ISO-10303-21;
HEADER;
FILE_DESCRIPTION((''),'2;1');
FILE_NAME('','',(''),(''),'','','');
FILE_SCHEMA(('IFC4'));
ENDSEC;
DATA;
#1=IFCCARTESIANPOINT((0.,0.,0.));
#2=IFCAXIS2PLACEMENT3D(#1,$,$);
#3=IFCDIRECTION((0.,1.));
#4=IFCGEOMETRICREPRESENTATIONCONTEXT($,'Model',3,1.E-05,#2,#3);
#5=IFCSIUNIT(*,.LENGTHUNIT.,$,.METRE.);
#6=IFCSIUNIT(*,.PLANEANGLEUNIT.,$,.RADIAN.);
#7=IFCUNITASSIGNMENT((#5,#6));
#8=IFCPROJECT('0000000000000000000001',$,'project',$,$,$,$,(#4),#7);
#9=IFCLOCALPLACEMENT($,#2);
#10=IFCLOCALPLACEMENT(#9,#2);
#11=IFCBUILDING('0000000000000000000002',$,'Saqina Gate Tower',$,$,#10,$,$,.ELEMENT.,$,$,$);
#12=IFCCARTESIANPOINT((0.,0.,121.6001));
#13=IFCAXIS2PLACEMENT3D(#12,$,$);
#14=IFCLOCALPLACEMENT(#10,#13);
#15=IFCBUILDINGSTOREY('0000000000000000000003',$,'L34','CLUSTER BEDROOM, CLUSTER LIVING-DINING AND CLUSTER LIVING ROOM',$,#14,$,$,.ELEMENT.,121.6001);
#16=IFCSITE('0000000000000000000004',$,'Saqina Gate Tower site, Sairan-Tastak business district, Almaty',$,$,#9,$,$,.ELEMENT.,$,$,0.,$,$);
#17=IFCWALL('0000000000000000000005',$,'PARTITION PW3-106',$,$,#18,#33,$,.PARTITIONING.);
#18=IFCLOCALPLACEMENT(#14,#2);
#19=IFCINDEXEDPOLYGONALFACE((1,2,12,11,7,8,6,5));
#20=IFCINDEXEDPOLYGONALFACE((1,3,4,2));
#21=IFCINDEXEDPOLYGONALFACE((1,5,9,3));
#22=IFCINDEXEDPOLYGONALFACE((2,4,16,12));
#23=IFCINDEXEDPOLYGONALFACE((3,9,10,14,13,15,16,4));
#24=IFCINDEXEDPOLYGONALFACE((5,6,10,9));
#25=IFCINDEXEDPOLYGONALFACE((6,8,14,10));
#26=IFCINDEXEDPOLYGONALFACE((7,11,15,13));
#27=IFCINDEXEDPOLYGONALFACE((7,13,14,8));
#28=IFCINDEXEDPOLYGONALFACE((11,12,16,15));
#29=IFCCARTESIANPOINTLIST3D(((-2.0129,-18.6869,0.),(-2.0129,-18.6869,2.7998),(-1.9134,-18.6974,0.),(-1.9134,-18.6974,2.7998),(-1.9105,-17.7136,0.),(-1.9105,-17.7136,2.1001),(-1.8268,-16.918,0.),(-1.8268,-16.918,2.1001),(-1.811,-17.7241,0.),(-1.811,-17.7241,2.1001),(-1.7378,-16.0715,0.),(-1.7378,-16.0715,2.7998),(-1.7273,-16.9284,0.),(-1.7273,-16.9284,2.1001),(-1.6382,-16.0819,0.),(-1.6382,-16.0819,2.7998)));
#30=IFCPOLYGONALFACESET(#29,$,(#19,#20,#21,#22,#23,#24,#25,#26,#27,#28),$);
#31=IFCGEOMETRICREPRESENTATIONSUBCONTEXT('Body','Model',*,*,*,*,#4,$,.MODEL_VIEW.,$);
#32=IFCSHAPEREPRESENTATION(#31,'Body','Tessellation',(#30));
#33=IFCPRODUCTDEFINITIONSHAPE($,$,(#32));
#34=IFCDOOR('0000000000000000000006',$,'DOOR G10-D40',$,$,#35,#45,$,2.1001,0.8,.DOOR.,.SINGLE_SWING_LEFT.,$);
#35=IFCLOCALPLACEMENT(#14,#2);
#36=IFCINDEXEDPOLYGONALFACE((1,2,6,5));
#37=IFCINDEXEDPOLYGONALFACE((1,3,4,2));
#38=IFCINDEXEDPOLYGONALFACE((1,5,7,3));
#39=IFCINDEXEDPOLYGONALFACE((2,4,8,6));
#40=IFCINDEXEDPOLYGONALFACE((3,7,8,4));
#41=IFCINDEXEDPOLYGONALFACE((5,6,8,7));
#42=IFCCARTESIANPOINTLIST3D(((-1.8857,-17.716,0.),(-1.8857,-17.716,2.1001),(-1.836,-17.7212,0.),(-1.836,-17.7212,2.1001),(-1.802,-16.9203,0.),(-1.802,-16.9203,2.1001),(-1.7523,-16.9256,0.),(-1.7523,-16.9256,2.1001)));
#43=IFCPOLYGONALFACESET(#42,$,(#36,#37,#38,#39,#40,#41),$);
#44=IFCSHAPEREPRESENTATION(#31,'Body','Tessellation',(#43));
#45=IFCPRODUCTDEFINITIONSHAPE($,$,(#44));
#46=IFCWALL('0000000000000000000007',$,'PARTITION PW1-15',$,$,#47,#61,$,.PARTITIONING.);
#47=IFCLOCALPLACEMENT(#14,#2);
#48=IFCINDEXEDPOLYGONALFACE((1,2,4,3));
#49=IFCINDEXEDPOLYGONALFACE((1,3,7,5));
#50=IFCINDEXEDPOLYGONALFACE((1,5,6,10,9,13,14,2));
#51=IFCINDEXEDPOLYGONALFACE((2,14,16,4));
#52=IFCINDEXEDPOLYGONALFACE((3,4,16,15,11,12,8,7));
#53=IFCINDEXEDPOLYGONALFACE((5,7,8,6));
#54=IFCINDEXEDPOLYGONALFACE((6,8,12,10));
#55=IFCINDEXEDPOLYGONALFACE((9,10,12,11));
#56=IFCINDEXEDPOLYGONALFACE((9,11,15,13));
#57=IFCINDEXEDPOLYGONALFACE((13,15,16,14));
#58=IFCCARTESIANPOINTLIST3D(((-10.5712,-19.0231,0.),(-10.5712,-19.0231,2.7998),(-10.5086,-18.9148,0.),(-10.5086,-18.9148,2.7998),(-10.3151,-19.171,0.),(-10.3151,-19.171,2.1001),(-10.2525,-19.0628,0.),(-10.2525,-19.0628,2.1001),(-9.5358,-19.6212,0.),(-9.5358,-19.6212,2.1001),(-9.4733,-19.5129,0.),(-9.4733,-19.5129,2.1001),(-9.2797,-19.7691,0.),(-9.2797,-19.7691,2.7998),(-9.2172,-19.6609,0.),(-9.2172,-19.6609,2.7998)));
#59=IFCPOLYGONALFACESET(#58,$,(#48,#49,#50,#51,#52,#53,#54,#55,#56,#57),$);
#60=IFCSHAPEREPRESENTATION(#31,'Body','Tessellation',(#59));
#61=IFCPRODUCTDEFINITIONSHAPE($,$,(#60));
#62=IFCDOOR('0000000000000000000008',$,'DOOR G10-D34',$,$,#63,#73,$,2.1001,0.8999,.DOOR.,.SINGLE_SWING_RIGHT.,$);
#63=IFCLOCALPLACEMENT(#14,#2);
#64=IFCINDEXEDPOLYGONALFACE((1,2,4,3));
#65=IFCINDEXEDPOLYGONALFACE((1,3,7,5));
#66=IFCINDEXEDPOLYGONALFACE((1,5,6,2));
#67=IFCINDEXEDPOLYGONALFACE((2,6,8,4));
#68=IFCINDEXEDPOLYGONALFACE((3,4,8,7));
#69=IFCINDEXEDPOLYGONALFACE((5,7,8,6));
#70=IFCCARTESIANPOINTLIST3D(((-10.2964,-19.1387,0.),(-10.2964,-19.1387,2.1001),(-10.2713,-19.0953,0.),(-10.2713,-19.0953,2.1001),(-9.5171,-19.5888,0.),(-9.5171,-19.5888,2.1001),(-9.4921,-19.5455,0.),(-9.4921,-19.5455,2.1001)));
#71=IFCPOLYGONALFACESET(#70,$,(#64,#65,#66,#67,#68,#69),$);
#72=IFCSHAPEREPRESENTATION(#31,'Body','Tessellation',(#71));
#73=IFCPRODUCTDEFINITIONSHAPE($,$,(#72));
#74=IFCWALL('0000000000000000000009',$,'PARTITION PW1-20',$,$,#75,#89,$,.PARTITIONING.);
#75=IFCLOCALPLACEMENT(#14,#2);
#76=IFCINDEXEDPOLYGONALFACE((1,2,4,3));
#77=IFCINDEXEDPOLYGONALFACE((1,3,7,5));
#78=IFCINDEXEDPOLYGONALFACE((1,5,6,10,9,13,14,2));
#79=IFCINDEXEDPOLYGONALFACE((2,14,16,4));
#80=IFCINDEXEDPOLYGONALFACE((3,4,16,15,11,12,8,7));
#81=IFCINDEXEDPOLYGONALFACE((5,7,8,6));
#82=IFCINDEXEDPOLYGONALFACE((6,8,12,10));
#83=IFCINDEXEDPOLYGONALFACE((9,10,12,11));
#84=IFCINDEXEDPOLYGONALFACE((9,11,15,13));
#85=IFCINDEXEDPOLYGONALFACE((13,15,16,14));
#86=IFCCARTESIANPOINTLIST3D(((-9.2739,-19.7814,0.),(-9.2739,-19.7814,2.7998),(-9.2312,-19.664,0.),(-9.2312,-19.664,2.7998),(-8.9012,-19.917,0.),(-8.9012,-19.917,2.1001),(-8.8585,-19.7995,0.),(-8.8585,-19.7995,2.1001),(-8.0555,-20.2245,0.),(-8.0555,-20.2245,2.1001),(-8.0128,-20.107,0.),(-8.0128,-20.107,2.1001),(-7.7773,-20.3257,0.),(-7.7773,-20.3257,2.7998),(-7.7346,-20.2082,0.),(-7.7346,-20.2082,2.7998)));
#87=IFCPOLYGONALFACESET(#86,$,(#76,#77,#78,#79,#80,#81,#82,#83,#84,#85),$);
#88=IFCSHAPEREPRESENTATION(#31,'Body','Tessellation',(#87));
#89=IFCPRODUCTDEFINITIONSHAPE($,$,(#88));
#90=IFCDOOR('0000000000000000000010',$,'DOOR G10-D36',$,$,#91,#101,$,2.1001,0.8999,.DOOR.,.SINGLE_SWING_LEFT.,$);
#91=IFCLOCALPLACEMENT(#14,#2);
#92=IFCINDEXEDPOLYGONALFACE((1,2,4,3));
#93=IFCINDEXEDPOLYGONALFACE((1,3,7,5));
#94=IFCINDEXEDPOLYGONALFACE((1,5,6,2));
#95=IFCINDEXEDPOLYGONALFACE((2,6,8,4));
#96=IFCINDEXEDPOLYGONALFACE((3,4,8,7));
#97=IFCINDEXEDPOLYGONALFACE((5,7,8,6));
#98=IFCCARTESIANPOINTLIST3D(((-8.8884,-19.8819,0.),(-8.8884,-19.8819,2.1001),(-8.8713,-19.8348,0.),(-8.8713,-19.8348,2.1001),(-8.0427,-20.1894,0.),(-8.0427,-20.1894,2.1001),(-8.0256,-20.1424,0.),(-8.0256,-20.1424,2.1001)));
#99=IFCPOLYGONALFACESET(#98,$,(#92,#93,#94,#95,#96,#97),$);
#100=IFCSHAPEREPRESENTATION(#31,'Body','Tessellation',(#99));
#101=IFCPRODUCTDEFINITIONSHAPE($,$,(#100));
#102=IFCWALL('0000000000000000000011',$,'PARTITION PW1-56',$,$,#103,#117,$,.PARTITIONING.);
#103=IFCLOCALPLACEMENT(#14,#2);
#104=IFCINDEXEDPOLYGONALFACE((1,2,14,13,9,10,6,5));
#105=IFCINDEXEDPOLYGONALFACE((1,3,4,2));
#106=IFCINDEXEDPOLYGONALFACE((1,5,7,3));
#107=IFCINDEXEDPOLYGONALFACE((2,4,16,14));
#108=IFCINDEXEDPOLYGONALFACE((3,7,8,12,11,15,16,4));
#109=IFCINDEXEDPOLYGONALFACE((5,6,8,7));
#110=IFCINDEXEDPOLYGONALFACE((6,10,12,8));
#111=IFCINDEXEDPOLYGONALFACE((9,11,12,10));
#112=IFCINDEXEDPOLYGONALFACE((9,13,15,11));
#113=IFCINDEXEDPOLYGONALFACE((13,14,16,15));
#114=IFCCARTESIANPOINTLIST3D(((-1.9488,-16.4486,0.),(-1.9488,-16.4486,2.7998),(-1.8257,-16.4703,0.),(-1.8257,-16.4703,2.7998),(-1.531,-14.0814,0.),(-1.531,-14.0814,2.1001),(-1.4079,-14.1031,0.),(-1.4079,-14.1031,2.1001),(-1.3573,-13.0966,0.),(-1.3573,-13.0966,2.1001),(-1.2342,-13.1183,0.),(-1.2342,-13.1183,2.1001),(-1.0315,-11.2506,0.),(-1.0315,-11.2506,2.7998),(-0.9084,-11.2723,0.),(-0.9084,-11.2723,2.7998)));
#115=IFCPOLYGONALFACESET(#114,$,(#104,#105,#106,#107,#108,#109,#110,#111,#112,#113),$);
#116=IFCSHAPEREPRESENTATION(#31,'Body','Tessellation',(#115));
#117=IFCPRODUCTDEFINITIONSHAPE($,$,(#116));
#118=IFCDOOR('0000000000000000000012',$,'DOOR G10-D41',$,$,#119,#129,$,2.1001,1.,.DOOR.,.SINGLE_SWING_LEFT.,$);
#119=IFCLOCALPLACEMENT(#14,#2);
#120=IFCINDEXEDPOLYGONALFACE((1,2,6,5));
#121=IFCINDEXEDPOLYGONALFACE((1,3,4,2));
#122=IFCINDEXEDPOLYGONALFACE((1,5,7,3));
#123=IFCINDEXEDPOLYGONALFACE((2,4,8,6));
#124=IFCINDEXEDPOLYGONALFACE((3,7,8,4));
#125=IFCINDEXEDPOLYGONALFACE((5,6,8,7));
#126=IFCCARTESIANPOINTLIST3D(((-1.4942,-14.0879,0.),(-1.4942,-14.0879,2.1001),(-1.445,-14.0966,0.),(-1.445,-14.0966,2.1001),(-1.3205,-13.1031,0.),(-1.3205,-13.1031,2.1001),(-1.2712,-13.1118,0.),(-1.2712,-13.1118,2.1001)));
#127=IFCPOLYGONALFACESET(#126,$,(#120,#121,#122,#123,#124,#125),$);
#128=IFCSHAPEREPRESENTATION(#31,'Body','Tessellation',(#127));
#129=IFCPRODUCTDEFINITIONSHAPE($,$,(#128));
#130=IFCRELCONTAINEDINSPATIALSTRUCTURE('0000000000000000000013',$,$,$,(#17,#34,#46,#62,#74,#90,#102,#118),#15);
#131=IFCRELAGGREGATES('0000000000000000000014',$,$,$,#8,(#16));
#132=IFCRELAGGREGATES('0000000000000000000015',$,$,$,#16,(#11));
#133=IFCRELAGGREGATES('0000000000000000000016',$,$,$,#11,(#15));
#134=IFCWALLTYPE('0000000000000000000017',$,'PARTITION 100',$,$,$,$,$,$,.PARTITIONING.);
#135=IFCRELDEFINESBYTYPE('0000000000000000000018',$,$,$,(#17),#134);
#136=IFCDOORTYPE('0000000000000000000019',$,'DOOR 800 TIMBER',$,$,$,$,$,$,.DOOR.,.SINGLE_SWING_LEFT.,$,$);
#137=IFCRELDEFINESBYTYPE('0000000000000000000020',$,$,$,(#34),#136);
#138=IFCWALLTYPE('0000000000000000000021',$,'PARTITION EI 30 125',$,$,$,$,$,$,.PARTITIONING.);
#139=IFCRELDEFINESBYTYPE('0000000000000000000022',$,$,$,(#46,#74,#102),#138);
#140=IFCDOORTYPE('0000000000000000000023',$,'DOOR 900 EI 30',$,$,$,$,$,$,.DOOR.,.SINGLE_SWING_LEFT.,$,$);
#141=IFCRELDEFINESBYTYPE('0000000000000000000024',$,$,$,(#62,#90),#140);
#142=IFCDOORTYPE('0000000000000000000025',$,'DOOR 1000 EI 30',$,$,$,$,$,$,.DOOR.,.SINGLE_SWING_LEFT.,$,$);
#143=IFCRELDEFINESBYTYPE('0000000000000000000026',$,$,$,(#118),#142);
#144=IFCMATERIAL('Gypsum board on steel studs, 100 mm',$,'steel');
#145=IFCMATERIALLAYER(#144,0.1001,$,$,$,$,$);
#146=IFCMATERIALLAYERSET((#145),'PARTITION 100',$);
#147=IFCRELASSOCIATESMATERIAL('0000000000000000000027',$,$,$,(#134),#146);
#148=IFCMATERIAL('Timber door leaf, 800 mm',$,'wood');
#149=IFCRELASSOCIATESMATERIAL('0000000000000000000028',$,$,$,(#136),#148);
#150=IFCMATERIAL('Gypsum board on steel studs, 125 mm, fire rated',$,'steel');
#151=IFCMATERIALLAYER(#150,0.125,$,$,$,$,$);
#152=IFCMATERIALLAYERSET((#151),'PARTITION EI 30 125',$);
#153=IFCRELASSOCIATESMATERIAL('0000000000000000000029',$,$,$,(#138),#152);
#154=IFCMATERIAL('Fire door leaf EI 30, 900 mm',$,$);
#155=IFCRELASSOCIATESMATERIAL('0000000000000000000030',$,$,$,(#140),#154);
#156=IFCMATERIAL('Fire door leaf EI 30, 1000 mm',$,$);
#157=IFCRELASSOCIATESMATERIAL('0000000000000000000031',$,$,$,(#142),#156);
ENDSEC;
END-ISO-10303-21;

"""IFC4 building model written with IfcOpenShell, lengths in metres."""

from ifc_helpers import new_model, si_unit, direction, frame, frame_2d, origin, place, context, subcontext, project, spatial, rectangle, extrude, material, layer, layer_set, type_object, element, fill, save


model = new_model("IFC4")

# Units and contexts
model_context = context("Model", 3, precision=1e-05, world=origin(), true_north=direction((0.0, 1.0)))
body_context = subcontext(model_context, "Body", "Model", "MODEL_VIEW")
ifc_project = project(units=[si_unit("LENGTHUNIT", "METRE"), si_unit("PLANEANGLEUNIT", "RADIAN")], contexts=[model_context])

# Site, building, storey
site_placement = place(None, origin())
site = spatial("IfcSite", under=ifc_project, at=site_placement, Name="Saqina Gate Tower site, Sairan-Tastak business district, Almaty", CompositionType="ELEMENT", RefElevation=0.0)
building_placement = place(site_placement, origin())
building = spatial("IfcBuilding", under=site, at=building_placement, Name="Saqina Gate Tower", CompositionType="ELEMENT")
storey_placement = place(building_placement, frame((0.0, 0.0, 121.6001)))
storey = spatial("IfcBuildingStorey", under=building, at=storey_placement, Name="L34", Description="CLUSTER BEDROOM, CLUSTER LIVING-DINING AND CLUSTER LIVING ROOM", CompositionType="ELEMENT", Elevation=121.6001)

# Shared definitions
ifc_material_1 = material(Name="Gypsum board on steel studs, 100 mm", Category="steel")
ifc_layer_1 = layer(ifc_material_1, 0.1001)
ifc_layer_set_1 = layer_set([ifc_layer_1], Name="PARTITION 100")
wall_type_1 = type_object("IfcWallType", Name="PARTITION 100", PredefinedType="PARTITIONING", material=ifc_layer_set_1)

# Walls, openings, doors
wall_1_placement = place(storey_placement, frame((-1.9631, -18.6921, 0.0), z_axis=(0.0, 0.0, 1.0), x_axis=(0.104622, 0.994512, 0.0)))
wall_1 = element("IfcWall", 1, at=wall_1_placement, inside=storey, type_object=wall_type_1, Name="PARTITION PW3-106", PredefinedType="PARTITIONING", context=body_context, shape_type="SweptSolid", body=[
    extrude(rectangle(XDim=2.6299, YDim=0.1001, at=frame_2d((1.3149, 0.0))), origin(), (0.0, 0.0, 1.0), 2.7998),
])
opening_1_placement = place(wall_1_placement, frame((0.9788, 0.0, 0.0)))
opening_1 = element("IfcOpeningElement", 2, at=opening_1_placement, cuts=wall_1, PredefinedType="OPENING", context=body_context, shape_type="SweptSolid", body=[
    extrude(rectangle(XDim=0.8, YDim=2.1001, at=frame_2d((0.3999, 1.05))), frame((0.0, 0.062, 0.0), z_axis=(0.0, -1.0, 0.0), x_axis=(1.0, 0.0, 0.0)), (0.0, 0.0, 1.0), 0.124),
])
ifc_material_2 = material(Name="Timber door leaf, 800 mm", Category="wood")
door_type_1 = type_object("IfcDoorType", Name="DOOR 800 TIMBER", OperationType="SINGLE_SWING_LEFT", PredefinedType="DOOR", material=ifc_material_2)
door_1_placement = place(opening_1_placement, frame((0.8, 0.0, 0.0), z_axis=(0.0, 0.0, 1.0), x_axis=(-1.0, 0.0, 0.0)))
door_1 = element("IfcDoor", 3, at=door_1_placement, inside=storey, type_object=door_type_1, Name="DOOR G10-D40", OperationType="SINGLE_SWING_LEFT", OverallHeight=2.1001, OverallWidth=0.8, PredefinedType="DOOR", context=body_context, shape_type="SweptSolid", body=[
    extrude(rectangle(XDim=0.8, YDim=2.1001, at=frame_2d((0.3999, 1.05))), frame((0.0, 0.0249, 0.0), z_axis=(0.0, -1.0, 0.0), x_axis=(1.0, 0.0, 0.0)), (0.0, 0.0, 1.0), 0.05),
])
fill(opening_1, door_1)
ifc_material_3 = material(Name="Gypsum board on steel studs, 125 mm, fire rated", Category="steel")
ifc_layer_2 = layer(ifc_material_3, 0.125)
ifc_layer_set_2 = layer_set([ifc_layer_2], Name="PARTITION EI 30 125")
wall_type_2 = type_object("IfcWallType", Name="PARTITION EI 30 125", PredefinedType="PARTITIONING", material=ifc_layer_set_2)
wall_2_placement = place(storey_placement, frame((-10.5398, -18.969, 0.0), z_axis=(0.0, 0.0, 1.0), x_axis=(0.865897, -0.500223, 0.0)))
wall_2 = element("IfcWall", 4, at=wall_2_placement, inside=storey, type_object=wall_type_2, Name="PARTITION PW1-15", PredefinedType="PARTITIONING", context=body_context, shape_type="SweptSolid", body=[
    extrude(rectangle(XDim=1.4915, YDim=0.125, at=frame_2d((0.7456, 0.0))), origin(), (0.0, 0.0, 1.0), 2.7998),
])
opening_2_placement = place(wall_2_placement, frame((0.2957, 0.0, 0.0)))
opening_2 = element("IfcOpeningElement", 5, at=opening_2_placement, cuts=wall_2, PredefinedType="OPENING", context=body_context, shape_type="SweptSolid", body=[
    extrude(rectangle(XDim=0.8999, YDim=2.1001, at=frame_2d((0.45, 1.05))), frame((0.0, 0.0745, 0.0), z_axis=(0.0, -1.0, 0.0), x_axis=(1.0, 0.0, 0.0)), (0.0, 0.0, 1.0), 0.1489),
])
ifc_material_4 = material(Name="Fire door leaf EI 30, 900 mm")
door_type_2 = type_object("IfcDoorType", Name="DOOR 900 EI 30", OperationType="SINGLE_SWING_LEFT", PredefinedType="DOOR", material=ifc_material_4)
door_2_placement = place(opening_2_placement, origin())
door_2 = element("IfcDoor", 6, at=door_2_placement, inside=storey, type_object=door_type_2, Name="DOOR G10-D34", OperationType="SINGLE_SWING_RIGHT", OverallHeight=2.1001, OverallWidth=0.8999, PredefinedType="DOOR", context=body_context, shape_type="SweptSolid", body=[
    extrude(rectangle(XDim=0.8999, YDim=2.1001, at=frame_2d((0.45, 1.05))), frame((0.0, 0.0249, 0.0), z_axis=(0.0, -1.0, 0.0), x_axis=(1.0, 0.0, 0.0)), (0.0, 0.0, 1.0), 0.05),
])
fill(opening_2, door_2)
wall_3_placement = place(storey_placement, frame((-9.2527, -19.7227, 0.0), z_axis=(0.0, 0.0, 1.0), x_axis=(0.939798, -0.341731, 0.0)))
wall_3 = element("IfcWall", 7, at=wall_3_placement, inside=storey, type_object=wall_type_2, Name="PARTITION PW1-20", PredefinedType="PARTITIONING", context=body_context, shape_type="SweptSolid", body=[
    extrude(rectangle(XDim=1.5925, YDim=0.125, at=frame_2d((0.7964, 0.0))), origin(), (0.0, 0.0, 1.0), 2.7998),
])
opening_3_placement = place(wall_3_placement, frame((0.3967, 0.0, 0.0)))
opening_3 = element("IfcOpeningElement", 8, at=opening_3_placement, cuts=wall_3, PredefinedType="OPENING", context=body_context, shape_type="SweptSolid", body=[
    extrude(rectangle(XDim=0.8999, YDim=2.1001, at=frame_2d((0.45, 1.05))), frame((0.0, 0.0745, 0.0), z_axis=(0.0, -1.0, 0.0), x_axis=(1.0, 0.0, 0.0)), (0.0, 0.0, 1.0), 0.1489),
])
door_3_placement = place(opening_3_placement, origin())
door_3 = element("IfcDoor", 9, at=door_3_placement, inside=storey, type_object=door_type_2, Name="DOOR G10-D36", OperationType="SINGLE_SWING_LEFT", OverallHeight=2.1001, OverallWidth=0.8999, PredefinedType="DOOR", context=body_context, shape_type="SweptSolid", body=[
    extrude(rectangle(XDim=0.8999, YDim=2.1001, at=frame_2d((0.45, 1.05))), frame((0.0, 0.0249, 0.0), z_axis=(0.0, -1.0, 0.0), x_axis=(1.0, 0.0, 0.0)), (0.0, 0.0, 1.0), 0.05),
])
fill(opening_3, door_3)
wall_4_placement = place(storey_placement, frame((-1.8872, -16.4595, 0.0), z_axis=(0.0, 0.0, 1.0), x_axis=(0.173775, 0.984785, 0.0)))
wall_4 = element("IfcWall", 10, at=wall_4_placement, inside=storey, type_object=wall_type_2, Name="PARTITION PW1-56", PredefinedType="PARTITIONING", context=body_context, shape_type="SweptSolid", body=[
    extrude(rectangle(XDim=5.2783, YDim=0.125, at=frame_2d((2.6392, 0.0))), origin(), (0.0, 0.0, 1.0), 2.7998),
])
opening_4_placement = place(wall_4_placement, frame((2.4038, 0.0, 0.0)))
opening_4 = element("IfcOpeningElement", 11, at=opening_4_placement, cuts=wall_4, PredefinedType="OPENING", context=body_context, shape_type="SweptSolid", body=[
    extrude(rectangle(XDim=1.0, YDim=2.1001, at=frame_2d((0.5, 1.05))), frame((0.0, 0.0745, 0.0), z_axis=(0.0, -1.0, 0.0), x_axis=(1.0, 0.0, 0.0)), (0.0, 0.0, 1.0), 0.1489),
])
ifc_material_5 = material(Name="Fire door leaf EI 30, 1000 mm")
door_type_3 = type_object("IfcDoorType", Name="DOOR 1000 EI 30", OperationType="SINGLE_SWING_LEFT", PredefinedType="DOOR", material=ifc_material_5)
door_4_placement = place(opening_4_placement, frame((1.0, 0.0, 0.0), z_axis=(0.0, 0.0, 1.0), x_axis=(-1.0, 0.0, 0.0)))
door_4 = element("IfcDoor", 12, at=door_4_placement, inside=storey, type_object=door_type_3, Name="DOOR G10-D41", OperationType="SINGLE_SWING_LEFT", OverallHeight=2.1001, OverallWidth=1.0, PredefinedType="DOOR", context=body_context, shape_type="SweptSolid", body=[
    extrude(rectangle(XDim=1.0, YDim=2.1001, at=frame_2d((0.5, 1.05))), frame((0.0, 0.0249, 0.0), z_axis=(0.0, -1.0, 0.0), x_axis=(1.0, 0.0, 0.0)), (0.0, 0.0, 1.0), 0.05),
])
fill(opening_4, door_4)

save(model, "model.ifc")
